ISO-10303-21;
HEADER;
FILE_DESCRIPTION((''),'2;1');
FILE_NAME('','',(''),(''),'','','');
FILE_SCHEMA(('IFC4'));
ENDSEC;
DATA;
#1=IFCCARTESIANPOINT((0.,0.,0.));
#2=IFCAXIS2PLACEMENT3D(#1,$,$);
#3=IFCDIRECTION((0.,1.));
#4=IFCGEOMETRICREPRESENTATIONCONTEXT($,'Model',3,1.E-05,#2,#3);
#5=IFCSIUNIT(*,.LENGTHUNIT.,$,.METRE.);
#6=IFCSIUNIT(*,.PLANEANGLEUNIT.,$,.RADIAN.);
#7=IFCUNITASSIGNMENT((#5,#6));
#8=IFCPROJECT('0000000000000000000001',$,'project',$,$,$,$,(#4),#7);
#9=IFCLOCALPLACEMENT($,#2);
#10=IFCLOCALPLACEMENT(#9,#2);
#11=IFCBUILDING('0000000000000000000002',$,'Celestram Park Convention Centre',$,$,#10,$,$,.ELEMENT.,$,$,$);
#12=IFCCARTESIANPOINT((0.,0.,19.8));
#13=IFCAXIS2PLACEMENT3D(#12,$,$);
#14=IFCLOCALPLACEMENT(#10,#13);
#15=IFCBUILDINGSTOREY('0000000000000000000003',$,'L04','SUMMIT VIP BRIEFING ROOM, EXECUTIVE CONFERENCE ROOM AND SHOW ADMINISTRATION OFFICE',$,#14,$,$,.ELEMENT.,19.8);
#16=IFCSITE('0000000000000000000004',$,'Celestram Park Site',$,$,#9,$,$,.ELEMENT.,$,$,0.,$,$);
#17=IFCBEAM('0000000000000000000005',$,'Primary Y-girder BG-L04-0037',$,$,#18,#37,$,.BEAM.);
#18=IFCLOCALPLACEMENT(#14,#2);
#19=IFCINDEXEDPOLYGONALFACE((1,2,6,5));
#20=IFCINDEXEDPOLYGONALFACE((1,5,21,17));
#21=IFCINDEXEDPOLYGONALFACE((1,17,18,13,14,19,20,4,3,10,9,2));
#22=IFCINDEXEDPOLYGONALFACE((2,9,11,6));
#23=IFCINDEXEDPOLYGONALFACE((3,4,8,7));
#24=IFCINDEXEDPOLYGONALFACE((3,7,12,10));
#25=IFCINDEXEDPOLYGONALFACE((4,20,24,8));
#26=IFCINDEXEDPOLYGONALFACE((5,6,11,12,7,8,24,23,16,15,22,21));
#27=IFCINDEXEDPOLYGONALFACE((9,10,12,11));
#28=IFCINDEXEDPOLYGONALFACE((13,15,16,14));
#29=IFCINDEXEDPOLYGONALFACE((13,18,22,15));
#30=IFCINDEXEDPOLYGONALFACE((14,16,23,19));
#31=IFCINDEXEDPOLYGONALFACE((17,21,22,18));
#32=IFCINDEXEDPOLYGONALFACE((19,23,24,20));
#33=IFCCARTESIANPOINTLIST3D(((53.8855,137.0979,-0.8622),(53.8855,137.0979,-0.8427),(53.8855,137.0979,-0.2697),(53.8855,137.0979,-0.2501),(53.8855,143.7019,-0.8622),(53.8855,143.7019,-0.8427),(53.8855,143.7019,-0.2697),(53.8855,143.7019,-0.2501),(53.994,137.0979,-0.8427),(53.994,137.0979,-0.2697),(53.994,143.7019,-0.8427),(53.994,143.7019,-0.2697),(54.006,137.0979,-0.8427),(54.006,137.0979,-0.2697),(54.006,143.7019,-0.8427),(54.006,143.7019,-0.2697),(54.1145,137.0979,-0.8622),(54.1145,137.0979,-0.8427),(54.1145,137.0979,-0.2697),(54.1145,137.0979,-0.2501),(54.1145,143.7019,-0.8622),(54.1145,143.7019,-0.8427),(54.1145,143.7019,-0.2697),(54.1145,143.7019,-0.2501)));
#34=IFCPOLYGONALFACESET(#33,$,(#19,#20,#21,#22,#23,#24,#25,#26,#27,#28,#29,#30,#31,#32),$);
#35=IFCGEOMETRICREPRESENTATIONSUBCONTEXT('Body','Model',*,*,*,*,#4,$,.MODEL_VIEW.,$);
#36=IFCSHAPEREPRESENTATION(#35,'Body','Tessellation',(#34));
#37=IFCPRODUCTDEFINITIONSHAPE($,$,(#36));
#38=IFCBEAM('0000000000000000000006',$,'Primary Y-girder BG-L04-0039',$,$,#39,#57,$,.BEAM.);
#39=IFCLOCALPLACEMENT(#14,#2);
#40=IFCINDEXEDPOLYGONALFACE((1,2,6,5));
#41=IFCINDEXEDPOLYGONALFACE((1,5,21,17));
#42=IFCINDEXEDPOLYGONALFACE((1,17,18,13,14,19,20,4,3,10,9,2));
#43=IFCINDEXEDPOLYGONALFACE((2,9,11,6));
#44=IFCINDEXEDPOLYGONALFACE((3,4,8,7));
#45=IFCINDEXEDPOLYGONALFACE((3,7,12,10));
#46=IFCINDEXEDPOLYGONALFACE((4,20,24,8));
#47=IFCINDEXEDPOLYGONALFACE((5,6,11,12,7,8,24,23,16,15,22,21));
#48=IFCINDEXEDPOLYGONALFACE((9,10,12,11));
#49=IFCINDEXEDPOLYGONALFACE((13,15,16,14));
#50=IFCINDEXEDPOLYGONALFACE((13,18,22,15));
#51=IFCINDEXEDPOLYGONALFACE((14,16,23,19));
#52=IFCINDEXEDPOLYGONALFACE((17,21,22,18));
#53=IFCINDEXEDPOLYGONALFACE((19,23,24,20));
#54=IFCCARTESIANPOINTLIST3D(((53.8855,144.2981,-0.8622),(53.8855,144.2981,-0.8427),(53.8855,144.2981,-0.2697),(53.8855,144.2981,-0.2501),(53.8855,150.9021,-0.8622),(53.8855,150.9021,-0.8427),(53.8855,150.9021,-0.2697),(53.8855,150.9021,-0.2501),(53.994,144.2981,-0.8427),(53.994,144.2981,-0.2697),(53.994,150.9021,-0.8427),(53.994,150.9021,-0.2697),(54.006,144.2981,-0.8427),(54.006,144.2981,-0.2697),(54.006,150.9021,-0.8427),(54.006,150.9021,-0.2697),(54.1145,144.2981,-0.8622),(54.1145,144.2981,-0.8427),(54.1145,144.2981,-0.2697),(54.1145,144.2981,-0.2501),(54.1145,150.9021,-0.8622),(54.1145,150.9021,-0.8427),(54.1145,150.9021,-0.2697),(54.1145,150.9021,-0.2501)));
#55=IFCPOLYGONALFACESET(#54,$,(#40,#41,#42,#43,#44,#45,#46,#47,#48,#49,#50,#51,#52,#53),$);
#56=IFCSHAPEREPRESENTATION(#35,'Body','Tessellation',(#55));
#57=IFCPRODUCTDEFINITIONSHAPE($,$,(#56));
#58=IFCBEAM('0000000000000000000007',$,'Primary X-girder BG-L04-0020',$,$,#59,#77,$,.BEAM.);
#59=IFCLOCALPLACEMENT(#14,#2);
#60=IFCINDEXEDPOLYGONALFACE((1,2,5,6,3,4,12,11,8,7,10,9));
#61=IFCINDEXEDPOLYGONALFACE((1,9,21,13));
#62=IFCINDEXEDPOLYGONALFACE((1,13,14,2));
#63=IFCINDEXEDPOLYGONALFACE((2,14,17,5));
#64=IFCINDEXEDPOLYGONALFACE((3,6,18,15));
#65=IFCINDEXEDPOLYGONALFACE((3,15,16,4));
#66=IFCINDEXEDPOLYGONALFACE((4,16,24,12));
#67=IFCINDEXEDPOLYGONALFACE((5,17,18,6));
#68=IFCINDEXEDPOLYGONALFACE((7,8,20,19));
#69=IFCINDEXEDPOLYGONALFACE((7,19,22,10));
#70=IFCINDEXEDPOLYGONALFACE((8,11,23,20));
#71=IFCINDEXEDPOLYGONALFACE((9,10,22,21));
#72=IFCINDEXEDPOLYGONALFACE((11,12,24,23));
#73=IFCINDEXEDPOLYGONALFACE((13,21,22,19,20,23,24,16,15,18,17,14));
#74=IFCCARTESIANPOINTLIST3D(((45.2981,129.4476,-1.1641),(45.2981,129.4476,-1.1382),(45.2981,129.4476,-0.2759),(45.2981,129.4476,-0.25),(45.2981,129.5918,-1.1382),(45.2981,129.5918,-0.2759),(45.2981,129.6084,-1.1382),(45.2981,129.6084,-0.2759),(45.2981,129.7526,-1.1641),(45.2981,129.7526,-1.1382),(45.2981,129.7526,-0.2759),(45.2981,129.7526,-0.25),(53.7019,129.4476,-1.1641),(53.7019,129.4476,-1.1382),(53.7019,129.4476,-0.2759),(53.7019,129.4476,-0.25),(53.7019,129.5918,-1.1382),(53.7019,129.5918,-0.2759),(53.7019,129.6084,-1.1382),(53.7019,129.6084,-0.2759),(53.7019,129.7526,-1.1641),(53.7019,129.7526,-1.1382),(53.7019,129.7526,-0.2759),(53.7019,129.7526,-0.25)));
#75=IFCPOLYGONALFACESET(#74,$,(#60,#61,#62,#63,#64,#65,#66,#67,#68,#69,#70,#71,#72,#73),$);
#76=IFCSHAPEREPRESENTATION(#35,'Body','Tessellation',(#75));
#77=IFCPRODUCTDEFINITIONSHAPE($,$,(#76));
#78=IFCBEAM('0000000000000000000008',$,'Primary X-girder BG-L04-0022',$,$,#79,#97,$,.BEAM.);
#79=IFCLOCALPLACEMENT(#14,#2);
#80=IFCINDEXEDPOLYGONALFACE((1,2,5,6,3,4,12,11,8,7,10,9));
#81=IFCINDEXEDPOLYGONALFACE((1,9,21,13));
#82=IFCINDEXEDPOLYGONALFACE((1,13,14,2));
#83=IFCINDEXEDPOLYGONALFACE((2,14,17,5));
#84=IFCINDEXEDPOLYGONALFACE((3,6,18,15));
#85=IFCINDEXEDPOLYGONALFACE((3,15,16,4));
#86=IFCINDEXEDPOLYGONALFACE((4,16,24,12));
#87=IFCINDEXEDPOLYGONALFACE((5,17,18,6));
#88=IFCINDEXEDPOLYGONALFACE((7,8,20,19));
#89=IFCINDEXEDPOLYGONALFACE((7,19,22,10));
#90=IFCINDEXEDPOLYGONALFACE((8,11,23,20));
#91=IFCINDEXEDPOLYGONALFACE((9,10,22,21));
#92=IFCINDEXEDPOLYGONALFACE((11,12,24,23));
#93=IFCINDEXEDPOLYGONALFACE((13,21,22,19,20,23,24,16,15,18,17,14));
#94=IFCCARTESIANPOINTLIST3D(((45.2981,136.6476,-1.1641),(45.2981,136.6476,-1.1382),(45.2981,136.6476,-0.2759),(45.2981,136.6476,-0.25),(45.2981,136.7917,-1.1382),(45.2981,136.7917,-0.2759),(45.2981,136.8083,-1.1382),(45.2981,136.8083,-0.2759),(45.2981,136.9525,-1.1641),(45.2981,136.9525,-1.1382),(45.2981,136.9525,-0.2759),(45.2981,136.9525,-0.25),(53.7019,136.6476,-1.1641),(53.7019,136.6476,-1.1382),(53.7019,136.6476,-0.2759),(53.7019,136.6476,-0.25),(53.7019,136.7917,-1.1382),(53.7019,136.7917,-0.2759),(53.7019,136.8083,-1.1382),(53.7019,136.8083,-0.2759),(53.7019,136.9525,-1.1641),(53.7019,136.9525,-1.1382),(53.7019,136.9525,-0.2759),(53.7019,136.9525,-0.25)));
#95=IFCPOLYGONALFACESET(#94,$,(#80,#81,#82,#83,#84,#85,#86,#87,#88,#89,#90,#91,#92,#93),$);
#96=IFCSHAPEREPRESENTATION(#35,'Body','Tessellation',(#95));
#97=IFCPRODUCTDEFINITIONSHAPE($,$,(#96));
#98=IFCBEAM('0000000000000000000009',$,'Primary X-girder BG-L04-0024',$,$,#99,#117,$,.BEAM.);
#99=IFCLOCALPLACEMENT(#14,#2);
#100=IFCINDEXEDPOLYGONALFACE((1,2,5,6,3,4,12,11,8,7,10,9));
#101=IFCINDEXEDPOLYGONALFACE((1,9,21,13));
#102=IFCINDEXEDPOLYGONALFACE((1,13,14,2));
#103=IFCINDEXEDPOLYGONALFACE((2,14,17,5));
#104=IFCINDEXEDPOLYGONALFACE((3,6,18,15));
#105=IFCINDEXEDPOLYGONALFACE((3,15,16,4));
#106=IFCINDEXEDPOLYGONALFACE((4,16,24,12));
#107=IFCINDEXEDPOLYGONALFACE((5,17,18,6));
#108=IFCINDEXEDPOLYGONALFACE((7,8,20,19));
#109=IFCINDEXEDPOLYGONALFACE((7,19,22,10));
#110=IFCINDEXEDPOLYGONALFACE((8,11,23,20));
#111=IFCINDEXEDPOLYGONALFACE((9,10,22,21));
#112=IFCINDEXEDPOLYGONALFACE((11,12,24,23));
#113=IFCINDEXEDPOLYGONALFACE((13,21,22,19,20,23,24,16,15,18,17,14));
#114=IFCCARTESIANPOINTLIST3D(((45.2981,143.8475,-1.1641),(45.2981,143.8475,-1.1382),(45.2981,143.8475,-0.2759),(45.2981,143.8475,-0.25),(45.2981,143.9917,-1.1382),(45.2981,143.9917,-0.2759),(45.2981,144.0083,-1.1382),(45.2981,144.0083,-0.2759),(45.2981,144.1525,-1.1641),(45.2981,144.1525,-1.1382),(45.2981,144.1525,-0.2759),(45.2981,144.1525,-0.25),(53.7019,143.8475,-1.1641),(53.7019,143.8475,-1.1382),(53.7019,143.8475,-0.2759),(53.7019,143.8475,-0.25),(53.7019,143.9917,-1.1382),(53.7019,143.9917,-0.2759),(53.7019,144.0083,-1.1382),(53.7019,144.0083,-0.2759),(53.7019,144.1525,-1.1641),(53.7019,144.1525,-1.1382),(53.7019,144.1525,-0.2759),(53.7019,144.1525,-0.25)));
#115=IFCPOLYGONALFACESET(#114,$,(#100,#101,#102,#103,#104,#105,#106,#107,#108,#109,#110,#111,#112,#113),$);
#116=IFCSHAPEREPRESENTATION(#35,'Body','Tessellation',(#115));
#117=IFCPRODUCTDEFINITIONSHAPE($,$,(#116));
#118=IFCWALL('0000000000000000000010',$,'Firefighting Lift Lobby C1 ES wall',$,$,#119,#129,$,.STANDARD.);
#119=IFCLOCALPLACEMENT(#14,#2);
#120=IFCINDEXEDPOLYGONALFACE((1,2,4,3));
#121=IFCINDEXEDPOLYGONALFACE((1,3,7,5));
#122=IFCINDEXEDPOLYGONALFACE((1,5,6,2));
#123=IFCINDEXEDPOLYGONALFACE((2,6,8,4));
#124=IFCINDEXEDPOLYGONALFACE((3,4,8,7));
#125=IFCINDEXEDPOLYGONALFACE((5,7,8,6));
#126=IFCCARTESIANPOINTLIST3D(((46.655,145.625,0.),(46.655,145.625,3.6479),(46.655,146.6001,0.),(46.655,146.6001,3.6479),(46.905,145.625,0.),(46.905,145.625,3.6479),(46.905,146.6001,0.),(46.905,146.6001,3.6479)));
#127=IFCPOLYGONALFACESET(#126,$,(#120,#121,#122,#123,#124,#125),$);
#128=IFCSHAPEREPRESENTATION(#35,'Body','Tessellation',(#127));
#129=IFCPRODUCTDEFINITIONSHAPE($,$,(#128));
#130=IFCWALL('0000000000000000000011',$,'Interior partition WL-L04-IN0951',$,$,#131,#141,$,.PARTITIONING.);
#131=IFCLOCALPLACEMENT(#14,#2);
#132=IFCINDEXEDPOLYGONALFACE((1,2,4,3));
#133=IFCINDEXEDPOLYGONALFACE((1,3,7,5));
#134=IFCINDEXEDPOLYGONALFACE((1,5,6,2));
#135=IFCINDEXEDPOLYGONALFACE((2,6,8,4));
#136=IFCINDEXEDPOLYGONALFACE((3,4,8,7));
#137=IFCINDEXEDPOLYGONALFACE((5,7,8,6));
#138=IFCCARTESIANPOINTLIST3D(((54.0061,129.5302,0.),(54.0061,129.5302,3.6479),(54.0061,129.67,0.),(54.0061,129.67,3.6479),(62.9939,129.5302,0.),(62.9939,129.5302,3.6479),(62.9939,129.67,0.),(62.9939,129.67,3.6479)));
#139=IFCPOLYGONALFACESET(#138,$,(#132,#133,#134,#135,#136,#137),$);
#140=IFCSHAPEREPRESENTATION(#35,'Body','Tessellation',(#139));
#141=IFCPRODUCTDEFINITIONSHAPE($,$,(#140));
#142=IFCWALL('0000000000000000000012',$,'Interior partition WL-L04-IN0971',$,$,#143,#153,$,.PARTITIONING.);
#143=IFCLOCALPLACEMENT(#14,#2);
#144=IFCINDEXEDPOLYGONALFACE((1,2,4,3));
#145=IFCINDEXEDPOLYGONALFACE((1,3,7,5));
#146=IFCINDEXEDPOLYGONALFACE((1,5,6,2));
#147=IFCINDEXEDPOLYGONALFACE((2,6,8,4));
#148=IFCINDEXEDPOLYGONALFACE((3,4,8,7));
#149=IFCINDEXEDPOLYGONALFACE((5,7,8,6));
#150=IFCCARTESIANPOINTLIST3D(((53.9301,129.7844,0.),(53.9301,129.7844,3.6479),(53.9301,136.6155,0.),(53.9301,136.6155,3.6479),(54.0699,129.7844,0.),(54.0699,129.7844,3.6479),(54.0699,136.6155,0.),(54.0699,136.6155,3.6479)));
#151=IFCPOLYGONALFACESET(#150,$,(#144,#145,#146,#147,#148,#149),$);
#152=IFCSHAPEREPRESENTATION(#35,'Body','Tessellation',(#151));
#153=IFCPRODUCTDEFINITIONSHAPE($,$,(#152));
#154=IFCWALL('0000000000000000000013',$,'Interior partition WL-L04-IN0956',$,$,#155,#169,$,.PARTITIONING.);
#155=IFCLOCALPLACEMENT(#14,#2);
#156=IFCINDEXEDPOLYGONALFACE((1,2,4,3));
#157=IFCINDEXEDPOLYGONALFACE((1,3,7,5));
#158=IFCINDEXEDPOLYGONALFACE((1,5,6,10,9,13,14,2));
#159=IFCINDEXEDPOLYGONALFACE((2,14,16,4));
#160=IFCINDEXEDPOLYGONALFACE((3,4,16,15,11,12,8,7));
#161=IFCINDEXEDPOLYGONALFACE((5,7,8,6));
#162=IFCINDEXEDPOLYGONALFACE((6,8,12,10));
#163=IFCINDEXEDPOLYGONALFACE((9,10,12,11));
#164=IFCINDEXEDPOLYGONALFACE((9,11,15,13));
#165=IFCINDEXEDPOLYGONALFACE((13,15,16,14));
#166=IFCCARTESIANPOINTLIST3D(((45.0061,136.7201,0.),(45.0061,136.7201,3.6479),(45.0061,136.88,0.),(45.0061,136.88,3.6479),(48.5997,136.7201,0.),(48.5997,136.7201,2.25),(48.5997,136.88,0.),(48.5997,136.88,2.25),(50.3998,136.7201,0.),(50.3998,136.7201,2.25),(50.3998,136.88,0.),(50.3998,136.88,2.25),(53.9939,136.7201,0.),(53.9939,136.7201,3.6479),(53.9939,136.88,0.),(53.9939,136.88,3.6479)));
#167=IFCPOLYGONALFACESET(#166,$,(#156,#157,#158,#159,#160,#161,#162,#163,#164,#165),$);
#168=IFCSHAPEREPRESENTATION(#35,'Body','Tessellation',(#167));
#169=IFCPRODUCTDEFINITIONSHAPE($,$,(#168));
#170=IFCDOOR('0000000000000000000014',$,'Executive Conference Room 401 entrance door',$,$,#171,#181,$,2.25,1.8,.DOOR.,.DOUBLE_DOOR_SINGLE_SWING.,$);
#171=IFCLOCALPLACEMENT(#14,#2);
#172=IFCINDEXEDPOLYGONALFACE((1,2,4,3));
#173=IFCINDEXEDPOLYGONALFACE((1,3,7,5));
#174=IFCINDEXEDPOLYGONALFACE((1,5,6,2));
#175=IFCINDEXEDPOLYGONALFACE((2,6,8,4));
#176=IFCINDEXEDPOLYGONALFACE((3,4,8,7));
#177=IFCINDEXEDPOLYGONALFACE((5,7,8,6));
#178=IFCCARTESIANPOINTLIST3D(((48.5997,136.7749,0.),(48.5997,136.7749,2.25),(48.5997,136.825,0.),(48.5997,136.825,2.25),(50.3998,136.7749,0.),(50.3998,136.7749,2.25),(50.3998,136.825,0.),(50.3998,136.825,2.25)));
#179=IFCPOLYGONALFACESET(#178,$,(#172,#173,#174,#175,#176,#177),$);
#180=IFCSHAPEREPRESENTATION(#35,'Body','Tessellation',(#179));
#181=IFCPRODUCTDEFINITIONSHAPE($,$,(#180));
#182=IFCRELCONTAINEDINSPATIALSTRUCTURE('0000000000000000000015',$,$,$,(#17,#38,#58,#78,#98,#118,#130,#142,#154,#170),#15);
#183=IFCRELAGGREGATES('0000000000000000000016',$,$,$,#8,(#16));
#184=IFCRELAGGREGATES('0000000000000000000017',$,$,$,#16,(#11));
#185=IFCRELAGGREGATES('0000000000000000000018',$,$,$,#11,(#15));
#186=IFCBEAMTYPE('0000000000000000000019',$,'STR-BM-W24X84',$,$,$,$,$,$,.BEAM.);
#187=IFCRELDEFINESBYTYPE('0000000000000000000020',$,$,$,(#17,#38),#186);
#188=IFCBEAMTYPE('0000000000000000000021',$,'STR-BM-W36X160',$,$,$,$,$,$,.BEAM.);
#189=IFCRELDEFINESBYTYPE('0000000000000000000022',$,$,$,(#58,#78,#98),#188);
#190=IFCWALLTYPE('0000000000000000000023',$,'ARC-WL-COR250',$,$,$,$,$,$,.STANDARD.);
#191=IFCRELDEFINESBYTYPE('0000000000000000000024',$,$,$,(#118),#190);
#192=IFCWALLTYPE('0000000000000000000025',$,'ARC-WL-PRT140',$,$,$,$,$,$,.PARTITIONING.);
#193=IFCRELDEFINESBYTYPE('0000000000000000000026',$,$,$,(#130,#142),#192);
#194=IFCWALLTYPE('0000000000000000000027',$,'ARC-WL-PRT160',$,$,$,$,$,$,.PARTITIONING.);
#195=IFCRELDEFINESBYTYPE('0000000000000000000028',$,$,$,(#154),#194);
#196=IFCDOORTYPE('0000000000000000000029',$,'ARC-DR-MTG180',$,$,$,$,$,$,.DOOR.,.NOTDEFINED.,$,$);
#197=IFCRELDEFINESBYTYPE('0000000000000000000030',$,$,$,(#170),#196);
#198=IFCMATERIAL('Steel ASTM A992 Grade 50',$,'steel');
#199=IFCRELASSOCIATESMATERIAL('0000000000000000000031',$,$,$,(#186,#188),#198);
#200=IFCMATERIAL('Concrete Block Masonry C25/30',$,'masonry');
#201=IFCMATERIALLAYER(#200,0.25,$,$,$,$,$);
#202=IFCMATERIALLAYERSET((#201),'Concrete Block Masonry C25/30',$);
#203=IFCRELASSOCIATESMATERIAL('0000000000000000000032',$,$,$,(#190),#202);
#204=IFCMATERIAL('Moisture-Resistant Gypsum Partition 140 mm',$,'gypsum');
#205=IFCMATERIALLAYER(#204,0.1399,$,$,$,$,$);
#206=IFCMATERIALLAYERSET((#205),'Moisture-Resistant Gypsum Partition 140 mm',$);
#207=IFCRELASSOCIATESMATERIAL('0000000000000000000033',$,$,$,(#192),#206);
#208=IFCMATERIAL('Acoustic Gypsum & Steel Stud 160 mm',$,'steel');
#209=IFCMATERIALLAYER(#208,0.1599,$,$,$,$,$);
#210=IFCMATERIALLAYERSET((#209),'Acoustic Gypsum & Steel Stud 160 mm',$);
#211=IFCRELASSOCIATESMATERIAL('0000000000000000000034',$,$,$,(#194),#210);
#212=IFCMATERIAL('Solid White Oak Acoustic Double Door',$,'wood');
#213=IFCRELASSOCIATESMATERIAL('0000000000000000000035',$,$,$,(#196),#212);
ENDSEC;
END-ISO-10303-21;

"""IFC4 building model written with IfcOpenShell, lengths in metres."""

from ifc_helpers import new_model, si_unit, direction, frame, frame_2d, origin, origin_2d, place, context, subcontext, project, spatial, rectangle, i_section, extrude, material, layer, layer_set, material_profile, profile_set, type_object, element, fill, save


model = new_model("IFC4")

# Units and contexts
model_context = context("Model", 3, precision=1e-05, world=origin(), true_north=direction((0.0, 1.0)))
body_context = subcontext(model_context, "Body", "Model", "MODEL_VIEW")
ifc_project = project(units=[si_unit("LENGTHUNIT", "METRE"), si_unit("PLANEANGLEUNIT", "RADIAN")], contexts=[model_context])

# Site, building, storey
site_placement = place(None, origin())
site = spatial("IfcSite", under=ifc_project, at=site_placement, Name="Celestram Park Site", CompositionType="ELEMENT", RefElevation=0.0)
building_placement = place(site_placement, origin())
building = spatial("IfcBuilding", under=site, at=building_placement, Name="Celestram Park Convention Centre", CompositionType="ELEMENT")
storey_placement = place(building_placement, frame((0.0, 0.0, 19.8)))
storey = spatial("IfcBuildingStorey", under=building, at=storey_placement, Name="L04", Description="SUMMIT VIP BRIEFING ROOM, EXECUTIVE CONFERENCE ROOM AND SHOW ADMINISTRATION OFFICE", CompositionType="ELEMENT", Elevation=19.8)

# Shared definitions
ifc_material_1 = material(Name="Steel ASTM A992 Grade 50", Category="steel")

# Beams
ifc_material_profile_1 = material_profile(ifc_material_1, i_section(OverallWidth=0.229, OverallDepth=0.6121, WebThickness=0.012, FlangeThickness=0.0195, at=origin_2d()), Name="W24X84")
ifc_profile_set_1 = profile_set([ifc_material_profile_1], Name="Steel ASTM A992 Grade 50")
beam_type_1 = type_object("IfcBeamType", Name="STR-BM-W24X84", PredefinedType="BEAM", material=ifc_profile_set_1)
for number, where, z_axis, x_axis, name in (
    (1, (54.0, 137.0979, -0.5562), (0.0, 1.0, 0.0), (-1.0, 0.0, 0.0), "Primary Y-girder BG-L04-0037"),
    (2, (54.0, 144.2981, -0.5562), (0.0, 1.0, 0.0), (-1.0, 0.0, 0.0), "Primary Y-girder BG-L04-0039"),
):
    element("IfcBeam", number, at=place(storey_placement, frame(where, z_axis=z_axis, x_axis=x_axis)), inside=storey, type_object=beam_type_1, Name=name, PredefinedType="BEAM", context=body_context, shape_type="SweptSolid", body=[
        extrude(i_section(OverallWidth=0.229, OverallDepth=0.6121, WebThickness=0.012, FlangeThickness=0.0195, at=origin_2d()), origin(), (0.0, 0.0, 1.0), 6.604),
    ])
ifc_material_profile_2 = material_profile(ifc_material_1, i_section(OverallWidth=0.3049, OverallDepth=0.9141, WebThickness=0.0166, FlangeThickness=0.0259, at=origin_2d()), Name="W36X160")
ifc_profile_set_2 = profile_set([ifc_material_profile_2], Name="Steel ASTM A992 Grade 50")
beam_type_2 = type_object("IfcBeamType", Name="STR-BM-W36X160", PredefinedType="BEAM", material=ifc_profile_set_2)
for number, where, z_axis, x_axis, name in (
    (3, (45.2981, 129.6001, -0.707), (1.0, 0.0, 0.0), (0.0, 1.0, 0.0), "Primary X-girder BG-L04-0020"),
    (4, (45.2981, 136.8, -0.707), (1.0, 0.0, 0.0), (0.0, 1.0, 0.0), "Primary X-girder BG-L04-0022"),
    (5, (45.2981, 144.0, -0.707), (1.0, 0.0, 0.0), (0.0, 1.0, 0.0), "Primary X-girder BG-L04-0024"),
):
    element("IfcBeam", number, at=place(storey_placement, frame(where, z_axis=z_axis, x_axis=x_axis)), inside=storey, type_object=beam_type_2, Name=name, PredefinedType="BEAM", context=body_context, shape_type="SweptSolid", body=[
        extrude(i_section(OverallWidth=0.3049, OverallDepth=0.9141, WebThickness=0.0166, FlangeThickness=0.0259, at=origin_2d()), origin(), (0.0, 0.0, 1.0), 8.4038),
    ])

# Walls
ifc_material_2 = material(Name="Concrete Block Masonry C25/30", Category="masonry")
ifc_layer_1 = layer(ifc_material_2, 0.25)
ifc_layer_set_1 = layer_set([ifc_layer_1], Name="Concrete Block Masonry C25/30")
wall_type_1 = type_object("IfcWallType", Name="ARC-WL-COR250", PredefinedType="STANDARD", material=ifc_layer_set_1)
wall_1_placement = place(storey_placement, frame((46.78, 145.625, 0.0), z_axis=(0.0, 0.0, 1.0), x_axis=(0.0, 1.0, 0.0)))
element("IfcWall", 6, at=wall_1_placement, inside=storey, type_object=wall_type_1, Name="Firefighting Lift Lobby C1 ES wall", PredefinedType="STANDARD", context=body_context, shape_type="SweptSolid", body=[
    extrude(rectangle(XDim=0.9751, YDim=0.25, at=frame_2d((0.4875, 0.0))), origin(), (0.0, 0.0, 1.0), 3.6479),
])
ifc_material_3 = material(Name="Moisture-Resistant Gypsum Partition 140 mm", Category="gypsum")
ifc_layer_2 = layer(ifc_material_3, 0.1399)
ifc_layer_set_2 = layer_set([ifc_layer_2], Name="Moisture-Resistant Gypsum Partition 140 mm")
wall_type_2 = type_object("IfcWallType", Name="ARC-WL-PRT140", PredefinedType="PARTITIONING", material=ifc_layer_set_2)
wall_2_placement = place(storey_placement, frame((54.0061, 129.6001, 0.0), z_axis=(0.0, 0.0, 1.0), x_axis=(1.0, 0.0, 0.0)))
element("IfcWall", 7, at=wall_2_placement, inside=storey, type_object=wall_type_2, Name="Interior partition WL-L04-IN0951", PredefinedType="PARTITIONING", context=body_context, shape_type="SweptSolid", body=[
    extrude(rectangle(XDim=8.9878, YDim=0.1399, at=frame_2d((4.4939, 0.0))), origin(), (0.0, 0.0, 1.0), 3.6479),
])
wall_3_placement = place(storey_placement, frame((54.0, 129.7844, 0.0), z_axis=(0.0, 0.0, 1.0), x_axis=(0.0, 1.0, 0.0)))
element("IfcWall", 8, at=wall_3_placement, inside=storey, type_object=wall_type_2, Name="Interior partition WL-L04-IN0971", PredefinedType="PARTITIONING", context=body_context, shape_type="SweptSolid", body=[
    extrude(rectangle(XDim=6.8311, YDim=0.1399, at=frame_2d((3.4155, 0.0))), origin(), (0.0, 0.0, 1.0), 3.6479),
])

# Wall, opening, door
ifc_material_4 = material(Name="Acoustic Gypsum & Steel Stud 160 mm", Category="steel")
ifc_layer_3 = layer(ifc_material_4, 0.1599)
ifc_layer_set_3 = layer_set([ifc_layer_3], Name="Acoustic Gypsum & Steel Stud 160 mm")
wall_type_3 = type_object("IfcWallType", Name="ARC-WL-PRT160", PredefinedType="PARTITIONING", material=ifc_layer_set_3)
wall_4_placement = place(storey_placement, frame((45.0061, 136.8, 0.0), z_axis=(0.0, 0.0, 1.0), x_axis=(1.0, 0.0, 0.0)))
wall_4 = element("IfcWall", 9, at=wall_4_placement, inside=storey, type_object=wall_type_3, Name="Interior partition WL-L04-IN0956", PredefinedType="PARTITIONING", context=body_context, shape_type="SweptSolid", body=[
    extrude(rectangle(XDim=8.9878, YDim=0.1599, at=frame_2d((4.4939, 0.0))), origin(), (0.0, 0.0, 1.0), 3.6479),
])
opening_placement = place(wall_4_placement, frame((3.5938, 0.0, 0.0)))
opening = element("IfcOpeningElement", 10, at=opening_placement, cuts=wall_4, PredefinedType="OPENING", context=body_context, shape_type="SweptSolid", body=[
    extrude(rectangle(XDim=1.8, YDim=2.25, at=frame_2d((0.8999, 1.125))), frame((0.0, 0.0898, 0.0), z_axis=(0.0, -1.0, 0.0), x_axis=(1.0, 0.0, 0.0)), (0.0, 0.0, 1.0), 0.1799),
])
ifc_material_5 = material(Name="Solid White Oak Acoustic Double Door", Category="wood")
door_type = type_object("IfcDoorType", Name="ARC-DR-MTG180", OperationType="NOTDEFINED", PredefinedType="DOOR", material=ifc_material_5)
door_placement = place(opening_placement, origin())
door = element("IfcDoor", 11, at=door_placement, inside=storey, type_object=door_type, Name="Executive Conference Room 401 entrance door", OperationType="DOUBLE_DOOR_SINGLE_SWING", OverallHeight=2.25, OverallWidth=1.8, PredefinedType="DOOR", context=body_context, shape_type="SweptSolid", body=[
    extrude(rectangle(XDim=1.8, YDim=2.25, at=frame_2d((0.8999, 1.125))), frame((0.0, 0.0249, 0.0), z_axis=(0.0, -1.0, 0.0), x_axis=(1.0, 0.0, 0.0)), (0.0, 0.0, 1.0), 0.05),
])
fill(opening, door)

save(model, "model.ifc")
